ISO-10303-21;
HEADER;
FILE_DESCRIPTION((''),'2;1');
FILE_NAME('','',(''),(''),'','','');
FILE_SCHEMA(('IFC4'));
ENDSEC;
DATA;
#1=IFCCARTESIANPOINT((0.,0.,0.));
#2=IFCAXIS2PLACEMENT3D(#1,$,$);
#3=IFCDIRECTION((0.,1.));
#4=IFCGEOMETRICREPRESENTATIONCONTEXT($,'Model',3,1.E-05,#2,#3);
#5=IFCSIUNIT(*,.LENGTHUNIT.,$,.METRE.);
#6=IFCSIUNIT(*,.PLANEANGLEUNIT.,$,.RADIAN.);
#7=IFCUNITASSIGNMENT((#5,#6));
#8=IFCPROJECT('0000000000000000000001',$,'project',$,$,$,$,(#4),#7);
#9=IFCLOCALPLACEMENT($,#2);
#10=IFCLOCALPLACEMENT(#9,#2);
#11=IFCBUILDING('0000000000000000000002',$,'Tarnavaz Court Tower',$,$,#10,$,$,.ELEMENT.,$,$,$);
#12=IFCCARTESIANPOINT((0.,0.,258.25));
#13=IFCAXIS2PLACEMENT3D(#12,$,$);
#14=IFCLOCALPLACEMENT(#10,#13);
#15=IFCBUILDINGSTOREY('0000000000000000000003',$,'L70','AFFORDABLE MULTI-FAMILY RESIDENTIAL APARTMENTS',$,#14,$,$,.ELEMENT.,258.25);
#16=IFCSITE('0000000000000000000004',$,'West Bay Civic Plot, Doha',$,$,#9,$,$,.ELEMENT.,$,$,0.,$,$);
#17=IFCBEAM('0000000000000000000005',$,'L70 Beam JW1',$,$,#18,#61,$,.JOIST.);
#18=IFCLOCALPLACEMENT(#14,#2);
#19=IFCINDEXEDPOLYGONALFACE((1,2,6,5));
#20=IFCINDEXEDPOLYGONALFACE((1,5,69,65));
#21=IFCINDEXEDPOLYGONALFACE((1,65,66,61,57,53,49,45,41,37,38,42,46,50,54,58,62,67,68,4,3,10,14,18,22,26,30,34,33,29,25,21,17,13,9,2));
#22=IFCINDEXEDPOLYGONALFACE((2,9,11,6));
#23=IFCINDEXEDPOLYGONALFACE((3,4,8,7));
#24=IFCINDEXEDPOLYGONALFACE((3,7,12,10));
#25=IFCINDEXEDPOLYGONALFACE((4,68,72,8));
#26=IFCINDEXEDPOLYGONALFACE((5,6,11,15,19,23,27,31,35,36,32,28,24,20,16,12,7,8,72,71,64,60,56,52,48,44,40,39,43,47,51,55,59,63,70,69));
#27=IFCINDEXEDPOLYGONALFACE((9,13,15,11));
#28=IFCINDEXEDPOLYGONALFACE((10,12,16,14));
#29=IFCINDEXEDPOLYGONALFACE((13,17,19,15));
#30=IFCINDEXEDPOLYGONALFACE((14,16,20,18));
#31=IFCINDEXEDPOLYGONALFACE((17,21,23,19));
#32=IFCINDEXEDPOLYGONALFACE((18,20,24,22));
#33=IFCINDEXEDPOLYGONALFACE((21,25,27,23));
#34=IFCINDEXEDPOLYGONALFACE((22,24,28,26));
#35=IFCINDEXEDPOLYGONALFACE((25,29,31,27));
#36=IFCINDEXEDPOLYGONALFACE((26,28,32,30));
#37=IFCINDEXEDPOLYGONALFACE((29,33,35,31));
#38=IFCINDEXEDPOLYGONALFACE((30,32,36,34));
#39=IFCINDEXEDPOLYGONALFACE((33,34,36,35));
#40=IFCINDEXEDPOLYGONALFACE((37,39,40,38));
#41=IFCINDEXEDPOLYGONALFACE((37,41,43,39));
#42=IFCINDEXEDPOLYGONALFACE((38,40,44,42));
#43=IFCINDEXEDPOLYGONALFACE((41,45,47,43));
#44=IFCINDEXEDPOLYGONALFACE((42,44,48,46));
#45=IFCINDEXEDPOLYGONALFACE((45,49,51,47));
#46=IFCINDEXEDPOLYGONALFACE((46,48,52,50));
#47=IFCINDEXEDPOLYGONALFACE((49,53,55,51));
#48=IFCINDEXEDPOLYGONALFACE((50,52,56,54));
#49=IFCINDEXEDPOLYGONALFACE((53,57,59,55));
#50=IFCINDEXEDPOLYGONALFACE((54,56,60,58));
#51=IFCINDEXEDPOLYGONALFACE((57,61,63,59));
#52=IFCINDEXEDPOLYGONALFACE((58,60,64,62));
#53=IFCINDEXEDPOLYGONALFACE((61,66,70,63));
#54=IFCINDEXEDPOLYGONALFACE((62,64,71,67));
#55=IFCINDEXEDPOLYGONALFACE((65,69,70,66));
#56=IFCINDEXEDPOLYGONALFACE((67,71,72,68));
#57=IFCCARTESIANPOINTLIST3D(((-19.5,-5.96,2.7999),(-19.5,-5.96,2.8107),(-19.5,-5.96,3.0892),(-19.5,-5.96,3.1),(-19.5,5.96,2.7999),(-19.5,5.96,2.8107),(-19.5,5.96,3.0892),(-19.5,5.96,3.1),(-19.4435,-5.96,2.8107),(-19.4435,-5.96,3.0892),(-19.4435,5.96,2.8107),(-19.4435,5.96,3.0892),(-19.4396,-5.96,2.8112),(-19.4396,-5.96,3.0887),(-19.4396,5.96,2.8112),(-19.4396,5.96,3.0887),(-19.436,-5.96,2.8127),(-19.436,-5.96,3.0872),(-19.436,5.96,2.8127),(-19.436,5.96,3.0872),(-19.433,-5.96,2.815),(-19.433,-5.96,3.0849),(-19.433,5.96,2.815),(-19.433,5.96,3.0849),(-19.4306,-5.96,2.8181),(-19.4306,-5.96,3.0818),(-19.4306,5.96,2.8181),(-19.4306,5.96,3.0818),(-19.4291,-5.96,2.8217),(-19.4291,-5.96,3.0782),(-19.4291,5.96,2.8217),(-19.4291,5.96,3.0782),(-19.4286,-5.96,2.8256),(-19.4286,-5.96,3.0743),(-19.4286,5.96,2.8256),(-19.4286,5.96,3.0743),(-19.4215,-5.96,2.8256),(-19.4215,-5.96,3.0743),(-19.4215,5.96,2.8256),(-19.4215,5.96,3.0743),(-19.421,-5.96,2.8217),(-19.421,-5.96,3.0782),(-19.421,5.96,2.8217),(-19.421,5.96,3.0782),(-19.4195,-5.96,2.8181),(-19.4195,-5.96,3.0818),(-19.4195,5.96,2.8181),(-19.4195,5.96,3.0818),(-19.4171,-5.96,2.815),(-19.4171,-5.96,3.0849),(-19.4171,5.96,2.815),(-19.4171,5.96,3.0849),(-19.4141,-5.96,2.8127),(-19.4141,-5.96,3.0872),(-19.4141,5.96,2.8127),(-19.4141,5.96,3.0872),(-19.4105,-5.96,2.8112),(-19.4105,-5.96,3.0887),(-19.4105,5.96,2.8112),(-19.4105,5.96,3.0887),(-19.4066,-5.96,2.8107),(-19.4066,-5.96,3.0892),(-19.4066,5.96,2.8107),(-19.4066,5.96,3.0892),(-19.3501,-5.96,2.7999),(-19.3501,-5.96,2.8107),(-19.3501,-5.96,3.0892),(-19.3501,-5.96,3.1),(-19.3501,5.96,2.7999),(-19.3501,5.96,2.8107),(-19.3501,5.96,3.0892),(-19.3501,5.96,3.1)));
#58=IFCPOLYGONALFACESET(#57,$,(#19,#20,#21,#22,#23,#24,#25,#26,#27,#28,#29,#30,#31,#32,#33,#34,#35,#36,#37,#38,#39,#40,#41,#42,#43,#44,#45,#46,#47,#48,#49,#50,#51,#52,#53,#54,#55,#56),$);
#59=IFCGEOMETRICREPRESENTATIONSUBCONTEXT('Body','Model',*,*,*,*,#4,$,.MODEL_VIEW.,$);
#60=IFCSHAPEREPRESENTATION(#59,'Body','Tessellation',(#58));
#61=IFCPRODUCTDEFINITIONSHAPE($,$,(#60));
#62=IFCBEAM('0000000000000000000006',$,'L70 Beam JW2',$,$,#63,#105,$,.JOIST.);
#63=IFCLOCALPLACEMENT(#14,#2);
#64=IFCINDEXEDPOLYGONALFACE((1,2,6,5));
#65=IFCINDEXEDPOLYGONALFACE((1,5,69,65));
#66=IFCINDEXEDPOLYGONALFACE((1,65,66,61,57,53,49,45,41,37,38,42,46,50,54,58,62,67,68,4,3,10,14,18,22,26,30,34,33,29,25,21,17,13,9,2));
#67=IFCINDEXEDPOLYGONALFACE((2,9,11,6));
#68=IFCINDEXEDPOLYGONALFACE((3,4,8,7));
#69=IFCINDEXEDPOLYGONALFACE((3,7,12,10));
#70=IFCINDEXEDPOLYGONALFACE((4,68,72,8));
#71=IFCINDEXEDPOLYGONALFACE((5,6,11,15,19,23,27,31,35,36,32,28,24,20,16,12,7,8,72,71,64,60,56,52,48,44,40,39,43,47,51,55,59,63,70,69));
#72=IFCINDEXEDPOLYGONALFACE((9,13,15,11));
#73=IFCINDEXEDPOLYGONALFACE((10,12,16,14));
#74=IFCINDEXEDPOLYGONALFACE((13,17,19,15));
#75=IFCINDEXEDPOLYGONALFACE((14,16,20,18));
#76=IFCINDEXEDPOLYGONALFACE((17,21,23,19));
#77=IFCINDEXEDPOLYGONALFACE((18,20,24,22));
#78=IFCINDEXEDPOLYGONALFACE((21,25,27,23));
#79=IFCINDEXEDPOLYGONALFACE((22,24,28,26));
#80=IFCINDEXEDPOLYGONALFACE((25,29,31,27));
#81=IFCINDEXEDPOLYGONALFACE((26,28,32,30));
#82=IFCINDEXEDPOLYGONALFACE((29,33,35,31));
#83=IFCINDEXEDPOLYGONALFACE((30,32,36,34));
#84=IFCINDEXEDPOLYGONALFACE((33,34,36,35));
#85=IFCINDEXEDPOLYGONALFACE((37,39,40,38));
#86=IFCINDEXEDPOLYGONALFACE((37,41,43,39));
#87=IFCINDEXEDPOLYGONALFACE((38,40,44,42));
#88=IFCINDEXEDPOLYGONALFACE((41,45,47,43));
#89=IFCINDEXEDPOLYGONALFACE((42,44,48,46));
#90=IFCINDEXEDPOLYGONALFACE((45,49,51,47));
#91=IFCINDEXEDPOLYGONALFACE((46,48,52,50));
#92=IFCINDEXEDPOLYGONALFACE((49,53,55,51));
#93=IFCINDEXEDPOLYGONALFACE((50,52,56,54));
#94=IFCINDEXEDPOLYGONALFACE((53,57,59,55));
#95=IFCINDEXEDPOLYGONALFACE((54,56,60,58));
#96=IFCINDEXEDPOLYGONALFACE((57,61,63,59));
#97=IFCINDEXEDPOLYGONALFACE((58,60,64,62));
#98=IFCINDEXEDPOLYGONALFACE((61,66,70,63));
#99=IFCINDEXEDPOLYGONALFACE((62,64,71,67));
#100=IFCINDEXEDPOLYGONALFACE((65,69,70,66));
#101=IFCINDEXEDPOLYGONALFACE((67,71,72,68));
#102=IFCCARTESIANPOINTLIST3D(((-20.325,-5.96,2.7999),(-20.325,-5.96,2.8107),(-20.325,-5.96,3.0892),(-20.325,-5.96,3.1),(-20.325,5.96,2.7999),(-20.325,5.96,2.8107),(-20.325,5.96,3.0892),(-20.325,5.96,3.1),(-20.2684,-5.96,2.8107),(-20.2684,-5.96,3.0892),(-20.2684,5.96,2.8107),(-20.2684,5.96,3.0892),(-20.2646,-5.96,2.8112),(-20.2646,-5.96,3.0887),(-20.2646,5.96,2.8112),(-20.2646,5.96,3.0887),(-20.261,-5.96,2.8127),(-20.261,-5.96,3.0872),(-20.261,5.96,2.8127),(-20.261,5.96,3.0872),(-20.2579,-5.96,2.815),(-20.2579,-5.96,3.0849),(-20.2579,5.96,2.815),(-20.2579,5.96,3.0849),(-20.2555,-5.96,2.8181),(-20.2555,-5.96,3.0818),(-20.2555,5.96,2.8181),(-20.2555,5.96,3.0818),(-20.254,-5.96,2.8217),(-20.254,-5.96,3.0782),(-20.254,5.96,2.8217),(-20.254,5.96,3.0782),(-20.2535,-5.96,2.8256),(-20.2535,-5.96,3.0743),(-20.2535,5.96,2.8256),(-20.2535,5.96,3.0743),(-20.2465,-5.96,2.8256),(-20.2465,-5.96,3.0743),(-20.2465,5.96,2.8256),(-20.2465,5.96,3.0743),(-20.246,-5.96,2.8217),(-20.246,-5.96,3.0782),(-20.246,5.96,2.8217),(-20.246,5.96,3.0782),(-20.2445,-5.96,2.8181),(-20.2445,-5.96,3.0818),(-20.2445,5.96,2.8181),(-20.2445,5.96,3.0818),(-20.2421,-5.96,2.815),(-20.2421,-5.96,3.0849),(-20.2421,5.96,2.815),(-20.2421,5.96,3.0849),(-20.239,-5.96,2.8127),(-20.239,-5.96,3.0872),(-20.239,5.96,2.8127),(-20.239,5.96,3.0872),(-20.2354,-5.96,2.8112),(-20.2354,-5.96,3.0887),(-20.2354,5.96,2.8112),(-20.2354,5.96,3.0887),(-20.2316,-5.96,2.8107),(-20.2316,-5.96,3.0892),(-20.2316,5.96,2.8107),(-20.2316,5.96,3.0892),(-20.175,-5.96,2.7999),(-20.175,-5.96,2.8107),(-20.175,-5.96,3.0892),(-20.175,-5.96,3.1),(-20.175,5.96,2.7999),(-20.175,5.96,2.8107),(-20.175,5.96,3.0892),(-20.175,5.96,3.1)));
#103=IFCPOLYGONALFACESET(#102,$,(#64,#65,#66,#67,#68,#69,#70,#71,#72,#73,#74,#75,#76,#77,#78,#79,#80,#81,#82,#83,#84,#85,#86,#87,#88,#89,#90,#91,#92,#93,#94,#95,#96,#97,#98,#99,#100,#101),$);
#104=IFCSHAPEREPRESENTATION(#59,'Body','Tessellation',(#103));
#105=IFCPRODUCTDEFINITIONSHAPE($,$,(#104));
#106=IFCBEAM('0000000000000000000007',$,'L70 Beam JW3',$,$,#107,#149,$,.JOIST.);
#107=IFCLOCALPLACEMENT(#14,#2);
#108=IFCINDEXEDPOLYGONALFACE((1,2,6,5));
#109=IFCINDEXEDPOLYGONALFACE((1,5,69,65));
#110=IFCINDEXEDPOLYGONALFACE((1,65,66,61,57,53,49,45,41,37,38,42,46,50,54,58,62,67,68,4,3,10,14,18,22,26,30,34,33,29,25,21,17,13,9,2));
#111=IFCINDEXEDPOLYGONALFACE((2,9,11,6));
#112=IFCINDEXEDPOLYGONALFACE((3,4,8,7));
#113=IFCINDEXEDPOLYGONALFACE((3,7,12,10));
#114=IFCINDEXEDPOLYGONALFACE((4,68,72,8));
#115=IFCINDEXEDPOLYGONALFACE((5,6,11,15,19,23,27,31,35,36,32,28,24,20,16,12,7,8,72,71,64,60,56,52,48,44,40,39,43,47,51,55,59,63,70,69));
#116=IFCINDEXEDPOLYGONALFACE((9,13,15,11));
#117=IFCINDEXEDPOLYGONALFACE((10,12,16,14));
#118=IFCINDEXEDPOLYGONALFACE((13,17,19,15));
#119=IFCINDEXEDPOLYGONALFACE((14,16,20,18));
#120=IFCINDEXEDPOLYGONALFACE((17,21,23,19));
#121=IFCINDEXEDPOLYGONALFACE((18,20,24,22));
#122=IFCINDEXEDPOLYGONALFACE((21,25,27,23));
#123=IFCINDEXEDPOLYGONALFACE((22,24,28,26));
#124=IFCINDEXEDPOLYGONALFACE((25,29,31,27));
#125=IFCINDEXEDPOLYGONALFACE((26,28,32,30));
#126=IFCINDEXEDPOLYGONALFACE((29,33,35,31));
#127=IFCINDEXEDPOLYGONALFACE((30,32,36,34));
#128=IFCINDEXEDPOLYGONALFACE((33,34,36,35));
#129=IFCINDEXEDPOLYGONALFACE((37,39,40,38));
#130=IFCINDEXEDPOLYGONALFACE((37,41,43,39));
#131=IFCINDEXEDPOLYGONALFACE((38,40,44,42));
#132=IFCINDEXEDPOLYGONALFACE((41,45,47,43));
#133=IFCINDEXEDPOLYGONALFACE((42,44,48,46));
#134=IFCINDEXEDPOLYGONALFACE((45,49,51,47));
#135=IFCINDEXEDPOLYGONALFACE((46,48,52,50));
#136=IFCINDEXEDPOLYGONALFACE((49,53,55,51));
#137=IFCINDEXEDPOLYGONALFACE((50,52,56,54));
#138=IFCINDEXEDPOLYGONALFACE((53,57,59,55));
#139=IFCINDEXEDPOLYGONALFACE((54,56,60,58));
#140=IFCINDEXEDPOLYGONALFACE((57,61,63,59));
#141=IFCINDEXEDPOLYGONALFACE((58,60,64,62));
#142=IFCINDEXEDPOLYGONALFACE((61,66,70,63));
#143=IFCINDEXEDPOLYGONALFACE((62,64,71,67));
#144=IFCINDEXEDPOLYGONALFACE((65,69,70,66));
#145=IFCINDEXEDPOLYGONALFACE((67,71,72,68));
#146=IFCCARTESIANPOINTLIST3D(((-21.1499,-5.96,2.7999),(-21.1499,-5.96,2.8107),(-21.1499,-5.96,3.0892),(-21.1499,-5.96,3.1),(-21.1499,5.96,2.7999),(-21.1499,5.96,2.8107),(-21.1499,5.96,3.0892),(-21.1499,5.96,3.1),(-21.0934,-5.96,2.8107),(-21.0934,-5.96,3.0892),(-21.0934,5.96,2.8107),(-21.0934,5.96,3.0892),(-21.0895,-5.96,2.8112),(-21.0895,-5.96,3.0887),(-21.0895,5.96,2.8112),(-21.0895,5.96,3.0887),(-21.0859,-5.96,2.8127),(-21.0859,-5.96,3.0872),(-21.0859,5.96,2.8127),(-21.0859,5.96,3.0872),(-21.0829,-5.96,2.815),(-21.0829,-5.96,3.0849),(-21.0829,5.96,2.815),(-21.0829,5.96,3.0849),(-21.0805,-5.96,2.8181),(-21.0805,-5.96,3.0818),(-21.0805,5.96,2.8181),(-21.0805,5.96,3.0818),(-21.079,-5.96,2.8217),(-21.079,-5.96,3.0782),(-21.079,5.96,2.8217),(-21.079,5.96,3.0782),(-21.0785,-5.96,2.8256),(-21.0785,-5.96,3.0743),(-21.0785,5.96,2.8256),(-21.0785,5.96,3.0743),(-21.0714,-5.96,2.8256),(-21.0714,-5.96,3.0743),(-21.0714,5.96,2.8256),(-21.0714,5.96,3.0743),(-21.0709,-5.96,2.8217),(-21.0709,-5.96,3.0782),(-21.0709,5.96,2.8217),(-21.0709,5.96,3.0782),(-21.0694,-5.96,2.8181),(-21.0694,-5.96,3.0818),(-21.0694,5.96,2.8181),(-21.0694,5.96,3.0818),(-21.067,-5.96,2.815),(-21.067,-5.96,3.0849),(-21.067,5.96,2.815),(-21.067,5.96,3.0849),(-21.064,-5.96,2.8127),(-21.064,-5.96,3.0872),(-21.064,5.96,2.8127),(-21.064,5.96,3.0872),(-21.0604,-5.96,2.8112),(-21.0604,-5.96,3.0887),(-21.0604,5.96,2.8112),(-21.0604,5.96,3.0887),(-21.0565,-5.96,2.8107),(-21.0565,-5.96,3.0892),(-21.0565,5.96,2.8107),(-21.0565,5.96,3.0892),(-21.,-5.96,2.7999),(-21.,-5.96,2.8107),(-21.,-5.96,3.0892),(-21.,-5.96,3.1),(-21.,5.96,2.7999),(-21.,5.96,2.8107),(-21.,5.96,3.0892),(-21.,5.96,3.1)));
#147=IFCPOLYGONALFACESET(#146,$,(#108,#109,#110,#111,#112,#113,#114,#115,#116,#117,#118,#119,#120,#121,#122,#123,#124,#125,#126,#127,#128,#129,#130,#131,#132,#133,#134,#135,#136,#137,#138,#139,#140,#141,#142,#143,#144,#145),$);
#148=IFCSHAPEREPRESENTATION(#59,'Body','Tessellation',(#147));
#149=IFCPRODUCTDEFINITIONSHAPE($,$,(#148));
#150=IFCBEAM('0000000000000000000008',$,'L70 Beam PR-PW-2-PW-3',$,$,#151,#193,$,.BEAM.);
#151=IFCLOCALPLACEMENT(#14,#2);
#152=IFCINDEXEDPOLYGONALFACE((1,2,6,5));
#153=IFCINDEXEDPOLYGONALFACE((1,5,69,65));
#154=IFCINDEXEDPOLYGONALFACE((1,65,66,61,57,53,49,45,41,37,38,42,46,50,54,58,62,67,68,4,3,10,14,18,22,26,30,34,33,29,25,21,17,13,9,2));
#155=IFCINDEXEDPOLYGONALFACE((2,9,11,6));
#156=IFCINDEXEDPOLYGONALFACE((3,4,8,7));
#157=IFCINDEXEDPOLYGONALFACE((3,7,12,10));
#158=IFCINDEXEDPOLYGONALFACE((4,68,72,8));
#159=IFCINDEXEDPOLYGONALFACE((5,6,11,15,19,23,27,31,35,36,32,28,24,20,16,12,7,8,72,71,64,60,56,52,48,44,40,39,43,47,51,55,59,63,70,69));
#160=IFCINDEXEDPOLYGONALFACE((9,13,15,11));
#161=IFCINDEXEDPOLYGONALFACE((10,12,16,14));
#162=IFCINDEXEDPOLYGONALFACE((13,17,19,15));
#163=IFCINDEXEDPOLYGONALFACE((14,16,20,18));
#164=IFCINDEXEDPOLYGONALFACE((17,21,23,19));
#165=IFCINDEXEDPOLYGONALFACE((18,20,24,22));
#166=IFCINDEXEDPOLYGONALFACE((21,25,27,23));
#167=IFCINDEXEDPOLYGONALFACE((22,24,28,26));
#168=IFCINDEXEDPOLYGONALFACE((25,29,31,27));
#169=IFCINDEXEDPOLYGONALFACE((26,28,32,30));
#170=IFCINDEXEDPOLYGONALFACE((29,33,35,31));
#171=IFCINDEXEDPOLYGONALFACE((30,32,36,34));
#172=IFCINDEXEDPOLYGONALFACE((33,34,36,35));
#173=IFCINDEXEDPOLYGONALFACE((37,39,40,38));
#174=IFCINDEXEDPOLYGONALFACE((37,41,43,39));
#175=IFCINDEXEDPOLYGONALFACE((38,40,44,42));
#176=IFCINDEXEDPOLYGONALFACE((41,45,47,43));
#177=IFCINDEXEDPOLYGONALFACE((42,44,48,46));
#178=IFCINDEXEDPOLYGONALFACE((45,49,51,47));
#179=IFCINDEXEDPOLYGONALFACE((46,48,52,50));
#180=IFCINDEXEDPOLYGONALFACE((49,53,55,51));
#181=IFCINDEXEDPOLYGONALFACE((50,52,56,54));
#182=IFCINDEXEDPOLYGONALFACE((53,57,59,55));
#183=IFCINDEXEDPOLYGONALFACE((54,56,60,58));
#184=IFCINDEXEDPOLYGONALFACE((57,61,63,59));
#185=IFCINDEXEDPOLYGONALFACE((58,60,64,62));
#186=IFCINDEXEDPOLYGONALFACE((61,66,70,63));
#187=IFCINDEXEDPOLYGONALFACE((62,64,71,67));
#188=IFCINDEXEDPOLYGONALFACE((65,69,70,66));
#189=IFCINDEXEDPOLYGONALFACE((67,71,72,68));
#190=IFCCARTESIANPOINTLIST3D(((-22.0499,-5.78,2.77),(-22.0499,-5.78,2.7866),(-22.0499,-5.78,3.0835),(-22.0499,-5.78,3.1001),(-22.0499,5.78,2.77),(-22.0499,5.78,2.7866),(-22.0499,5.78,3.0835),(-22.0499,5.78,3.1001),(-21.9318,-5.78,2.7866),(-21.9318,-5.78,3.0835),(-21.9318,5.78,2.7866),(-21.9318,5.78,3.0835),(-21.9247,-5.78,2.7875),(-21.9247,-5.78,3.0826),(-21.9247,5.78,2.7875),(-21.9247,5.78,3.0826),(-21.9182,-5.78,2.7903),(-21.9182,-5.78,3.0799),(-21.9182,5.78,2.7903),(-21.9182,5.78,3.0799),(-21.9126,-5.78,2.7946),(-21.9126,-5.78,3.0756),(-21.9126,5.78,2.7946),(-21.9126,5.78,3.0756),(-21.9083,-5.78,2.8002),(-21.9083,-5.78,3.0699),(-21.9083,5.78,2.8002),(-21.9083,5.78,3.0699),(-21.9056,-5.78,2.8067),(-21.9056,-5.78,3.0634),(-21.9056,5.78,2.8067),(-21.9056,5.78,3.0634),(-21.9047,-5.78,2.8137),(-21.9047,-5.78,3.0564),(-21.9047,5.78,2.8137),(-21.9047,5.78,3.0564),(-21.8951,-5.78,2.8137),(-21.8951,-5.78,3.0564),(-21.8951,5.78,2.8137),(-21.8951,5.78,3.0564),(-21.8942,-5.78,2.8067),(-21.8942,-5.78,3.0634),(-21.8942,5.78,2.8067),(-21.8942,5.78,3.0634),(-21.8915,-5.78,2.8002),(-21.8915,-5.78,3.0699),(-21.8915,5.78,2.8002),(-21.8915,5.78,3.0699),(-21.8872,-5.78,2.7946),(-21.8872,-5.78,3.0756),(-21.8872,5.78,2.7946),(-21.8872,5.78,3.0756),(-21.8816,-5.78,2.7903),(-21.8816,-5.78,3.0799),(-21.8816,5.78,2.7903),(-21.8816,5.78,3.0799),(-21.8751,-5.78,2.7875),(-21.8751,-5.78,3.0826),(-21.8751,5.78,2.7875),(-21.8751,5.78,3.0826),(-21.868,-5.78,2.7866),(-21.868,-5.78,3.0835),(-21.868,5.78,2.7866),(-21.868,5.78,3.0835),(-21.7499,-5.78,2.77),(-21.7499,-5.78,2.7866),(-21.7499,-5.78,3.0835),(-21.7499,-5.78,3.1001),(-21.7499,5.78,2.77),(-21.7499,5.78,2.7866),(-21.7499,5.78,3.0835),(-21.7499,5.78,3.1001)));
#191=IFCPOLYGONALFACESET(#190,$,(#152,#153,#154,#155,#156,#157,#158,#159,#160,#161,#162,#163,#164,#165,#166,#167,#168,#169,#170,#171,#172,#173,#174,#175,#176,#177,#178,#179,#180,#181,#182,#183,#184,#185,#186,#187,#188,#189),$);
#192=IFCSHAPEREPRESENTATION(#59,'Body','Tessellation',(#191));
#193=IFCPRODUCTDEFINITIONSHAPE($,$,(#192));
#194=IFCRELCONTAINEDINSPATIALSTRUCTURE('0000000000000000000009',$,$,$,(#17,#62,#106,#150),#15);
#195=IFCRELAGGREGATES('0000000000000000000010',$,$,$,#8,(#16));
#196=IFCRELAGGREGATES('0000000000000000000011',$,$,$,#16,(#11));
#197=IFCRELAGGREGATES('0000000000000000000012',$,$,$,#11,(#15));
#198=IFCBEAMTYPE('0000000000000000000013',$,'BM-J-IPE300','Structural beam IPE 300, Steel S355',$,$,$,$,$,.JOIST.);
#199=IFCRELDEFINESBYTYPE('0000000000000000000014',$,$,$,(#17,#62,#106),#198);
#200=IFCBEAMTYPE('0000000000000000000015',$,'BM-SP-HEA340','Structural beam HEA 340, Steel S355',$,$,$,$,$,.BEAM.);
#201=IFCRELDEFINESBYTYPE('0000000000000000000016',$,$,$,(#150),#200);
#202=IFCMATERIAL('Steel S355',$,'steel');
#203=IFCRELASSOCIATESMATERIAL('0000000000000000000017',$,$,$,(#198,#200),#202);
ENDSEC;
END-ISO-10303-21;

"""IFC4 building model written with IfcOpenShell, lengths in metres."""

from ifc_helpers import new_model, si_unit, direction, frame, origin, origin_2d, place, context, subcontext, project, spatial, i_section, extrude, material, material_profile, profile_set, type_object, element, save


model = new_model("IFC4")

# Units and contexts
model_context = context("Model", 3, precision=1e-05, world=origin(), true_north=direction((0.0, 1.0)))
body_context = subcontext(model_context, "Body", "Model", "MODEL_VIEW")
ifc_project = project(units=[si_unit("LENGTHUNIT", "METRE"), si_unit("PLANEANGLEUNIT", "RADIAN")], contexts=[model_context])

# Site, building, storey
site_placement = place(None, origin())
site = spatial("IfcSite", under=ifc_project, at=site_placement, Name="West Bay Civic Plot, Doha", CompositionType="ELEMENT", RefElevation=0.0)
building_placement = place(site_placement, origin())
building = spatial("IfcBuilding", under=site, at=building_placement, Name="Tarnavaz Court Tower", CompositionType="ELEMENT")
storey_placement = place(building_placement, frame((0.0, 0.0, 258.25)))
storey = spatial("IfcBuildingStorey", under=building, at=storey_placement, Name="L70", Description="AFFORDABLE MULTI-FAMILY RESIDENTIAL APARTMENTS", CompositionType="ELEMENT", Elevation=258.25)

# Beams
ifc_material_1 = material(Name="Steel S355", Category="steel")
ifc_material_profile_1 = material_profile(ifc_material_1, i_section(OverallWidth=0.1499, OverallDepth=0.3, WebThickness=0.0071, FlangeThickness=0.0107, FilletRadius=0.0149, at=origin_2d()), Name="IPE 300")
ifc_profile_set_1 = profile_set([ifc_material_profile_1], Name="Steel S355")
beam_type_1 = type_object("IfcBeamType", Name="BM-J-IPE300", Description="Structural beam IPE 300, Steel S355", PredefinedType="JOIST", material=ifc_profile_set_1)
for number, where, z_axis, x_axis, name in (
    (1, (-19.425, -5.96, 2.95), (0.0, 1.0, 0.0), (-1.0, 0.0, 0.0), "L70 Beam JW1"),
    (2, (-20.25, -5.96, 2.95), (0.0, 1.0, 0.0), (-1.0, 0.0, 0.0), "L70 Beam JW2"),
    (3, (-21.075, -5.96, 2.95), (0.0, 1.0, 0.0), (-1.0, 0.0, 0.0), "L70 Beam JW3"),
):
    element("IfcBeam", number, at=place(storey_placement, frame(where, z_axis=z_axis, x_axis=x_axis)), inside=storey, type_object=beam_type_1, Name=name, PredefinedType="JOIST", context=body_context, shape_type="SweptSolid", body=[
        extrude(i_section(OverallWidth=0.1499, OverallDepth=0.3, WebThickness=0.0071, FlangeThickness=0.0107, FilletRadius=0.0149, at=origin_2d()), origin(), (0.0, 0.0, 1.0), 11.9199),
    ])
ifc_material_profile_2 = material_profile(ifc_material_1, i_section(OverallWidth=0.3, OverallDepth=0.3301, WebThickness=0.0095, FlangeThickness=0.0166, FilletRadius=0.0271, at=origin_2d()), Name="HEA 340")
ifc_profile_set_2 = profile_set([ifc_material_profile_2], Name="Steel S355")
beam_type_2 = type_object("IfcBeamType", Name="BM-SP-HEA340", Description="Structural beam HEA 340, Steel S355", PredefinedType="BEAM", material=ifc_profile_set_2)
beam_1_placement = place(storey_placement, frame((-21.8999, -5.78, 2.9351), z_axis=(0.0, 1.0, 0.0), x_axis=(-1.0, 0.0, 0.0)))
element("IfcBeam", 4, at=beam_1_placement, inside=storey, type_object=beam_type_2, Name="L70 Beam PR-PW-2-PW-3", PredefinedType="BEAM", context=body_context, shape_type="SweptSolid", body=[
    extrude(i_section(OverallWidth=0.3, OverallDepth=0.3301, WebThickness=0.0095, FlangeThickness=0.0166, FilletRadius=0.0271, at=origin_2d()), origin(), (0.0, 0.0, 1.0), 11.5601),
])

save(model, "model.ifc")
